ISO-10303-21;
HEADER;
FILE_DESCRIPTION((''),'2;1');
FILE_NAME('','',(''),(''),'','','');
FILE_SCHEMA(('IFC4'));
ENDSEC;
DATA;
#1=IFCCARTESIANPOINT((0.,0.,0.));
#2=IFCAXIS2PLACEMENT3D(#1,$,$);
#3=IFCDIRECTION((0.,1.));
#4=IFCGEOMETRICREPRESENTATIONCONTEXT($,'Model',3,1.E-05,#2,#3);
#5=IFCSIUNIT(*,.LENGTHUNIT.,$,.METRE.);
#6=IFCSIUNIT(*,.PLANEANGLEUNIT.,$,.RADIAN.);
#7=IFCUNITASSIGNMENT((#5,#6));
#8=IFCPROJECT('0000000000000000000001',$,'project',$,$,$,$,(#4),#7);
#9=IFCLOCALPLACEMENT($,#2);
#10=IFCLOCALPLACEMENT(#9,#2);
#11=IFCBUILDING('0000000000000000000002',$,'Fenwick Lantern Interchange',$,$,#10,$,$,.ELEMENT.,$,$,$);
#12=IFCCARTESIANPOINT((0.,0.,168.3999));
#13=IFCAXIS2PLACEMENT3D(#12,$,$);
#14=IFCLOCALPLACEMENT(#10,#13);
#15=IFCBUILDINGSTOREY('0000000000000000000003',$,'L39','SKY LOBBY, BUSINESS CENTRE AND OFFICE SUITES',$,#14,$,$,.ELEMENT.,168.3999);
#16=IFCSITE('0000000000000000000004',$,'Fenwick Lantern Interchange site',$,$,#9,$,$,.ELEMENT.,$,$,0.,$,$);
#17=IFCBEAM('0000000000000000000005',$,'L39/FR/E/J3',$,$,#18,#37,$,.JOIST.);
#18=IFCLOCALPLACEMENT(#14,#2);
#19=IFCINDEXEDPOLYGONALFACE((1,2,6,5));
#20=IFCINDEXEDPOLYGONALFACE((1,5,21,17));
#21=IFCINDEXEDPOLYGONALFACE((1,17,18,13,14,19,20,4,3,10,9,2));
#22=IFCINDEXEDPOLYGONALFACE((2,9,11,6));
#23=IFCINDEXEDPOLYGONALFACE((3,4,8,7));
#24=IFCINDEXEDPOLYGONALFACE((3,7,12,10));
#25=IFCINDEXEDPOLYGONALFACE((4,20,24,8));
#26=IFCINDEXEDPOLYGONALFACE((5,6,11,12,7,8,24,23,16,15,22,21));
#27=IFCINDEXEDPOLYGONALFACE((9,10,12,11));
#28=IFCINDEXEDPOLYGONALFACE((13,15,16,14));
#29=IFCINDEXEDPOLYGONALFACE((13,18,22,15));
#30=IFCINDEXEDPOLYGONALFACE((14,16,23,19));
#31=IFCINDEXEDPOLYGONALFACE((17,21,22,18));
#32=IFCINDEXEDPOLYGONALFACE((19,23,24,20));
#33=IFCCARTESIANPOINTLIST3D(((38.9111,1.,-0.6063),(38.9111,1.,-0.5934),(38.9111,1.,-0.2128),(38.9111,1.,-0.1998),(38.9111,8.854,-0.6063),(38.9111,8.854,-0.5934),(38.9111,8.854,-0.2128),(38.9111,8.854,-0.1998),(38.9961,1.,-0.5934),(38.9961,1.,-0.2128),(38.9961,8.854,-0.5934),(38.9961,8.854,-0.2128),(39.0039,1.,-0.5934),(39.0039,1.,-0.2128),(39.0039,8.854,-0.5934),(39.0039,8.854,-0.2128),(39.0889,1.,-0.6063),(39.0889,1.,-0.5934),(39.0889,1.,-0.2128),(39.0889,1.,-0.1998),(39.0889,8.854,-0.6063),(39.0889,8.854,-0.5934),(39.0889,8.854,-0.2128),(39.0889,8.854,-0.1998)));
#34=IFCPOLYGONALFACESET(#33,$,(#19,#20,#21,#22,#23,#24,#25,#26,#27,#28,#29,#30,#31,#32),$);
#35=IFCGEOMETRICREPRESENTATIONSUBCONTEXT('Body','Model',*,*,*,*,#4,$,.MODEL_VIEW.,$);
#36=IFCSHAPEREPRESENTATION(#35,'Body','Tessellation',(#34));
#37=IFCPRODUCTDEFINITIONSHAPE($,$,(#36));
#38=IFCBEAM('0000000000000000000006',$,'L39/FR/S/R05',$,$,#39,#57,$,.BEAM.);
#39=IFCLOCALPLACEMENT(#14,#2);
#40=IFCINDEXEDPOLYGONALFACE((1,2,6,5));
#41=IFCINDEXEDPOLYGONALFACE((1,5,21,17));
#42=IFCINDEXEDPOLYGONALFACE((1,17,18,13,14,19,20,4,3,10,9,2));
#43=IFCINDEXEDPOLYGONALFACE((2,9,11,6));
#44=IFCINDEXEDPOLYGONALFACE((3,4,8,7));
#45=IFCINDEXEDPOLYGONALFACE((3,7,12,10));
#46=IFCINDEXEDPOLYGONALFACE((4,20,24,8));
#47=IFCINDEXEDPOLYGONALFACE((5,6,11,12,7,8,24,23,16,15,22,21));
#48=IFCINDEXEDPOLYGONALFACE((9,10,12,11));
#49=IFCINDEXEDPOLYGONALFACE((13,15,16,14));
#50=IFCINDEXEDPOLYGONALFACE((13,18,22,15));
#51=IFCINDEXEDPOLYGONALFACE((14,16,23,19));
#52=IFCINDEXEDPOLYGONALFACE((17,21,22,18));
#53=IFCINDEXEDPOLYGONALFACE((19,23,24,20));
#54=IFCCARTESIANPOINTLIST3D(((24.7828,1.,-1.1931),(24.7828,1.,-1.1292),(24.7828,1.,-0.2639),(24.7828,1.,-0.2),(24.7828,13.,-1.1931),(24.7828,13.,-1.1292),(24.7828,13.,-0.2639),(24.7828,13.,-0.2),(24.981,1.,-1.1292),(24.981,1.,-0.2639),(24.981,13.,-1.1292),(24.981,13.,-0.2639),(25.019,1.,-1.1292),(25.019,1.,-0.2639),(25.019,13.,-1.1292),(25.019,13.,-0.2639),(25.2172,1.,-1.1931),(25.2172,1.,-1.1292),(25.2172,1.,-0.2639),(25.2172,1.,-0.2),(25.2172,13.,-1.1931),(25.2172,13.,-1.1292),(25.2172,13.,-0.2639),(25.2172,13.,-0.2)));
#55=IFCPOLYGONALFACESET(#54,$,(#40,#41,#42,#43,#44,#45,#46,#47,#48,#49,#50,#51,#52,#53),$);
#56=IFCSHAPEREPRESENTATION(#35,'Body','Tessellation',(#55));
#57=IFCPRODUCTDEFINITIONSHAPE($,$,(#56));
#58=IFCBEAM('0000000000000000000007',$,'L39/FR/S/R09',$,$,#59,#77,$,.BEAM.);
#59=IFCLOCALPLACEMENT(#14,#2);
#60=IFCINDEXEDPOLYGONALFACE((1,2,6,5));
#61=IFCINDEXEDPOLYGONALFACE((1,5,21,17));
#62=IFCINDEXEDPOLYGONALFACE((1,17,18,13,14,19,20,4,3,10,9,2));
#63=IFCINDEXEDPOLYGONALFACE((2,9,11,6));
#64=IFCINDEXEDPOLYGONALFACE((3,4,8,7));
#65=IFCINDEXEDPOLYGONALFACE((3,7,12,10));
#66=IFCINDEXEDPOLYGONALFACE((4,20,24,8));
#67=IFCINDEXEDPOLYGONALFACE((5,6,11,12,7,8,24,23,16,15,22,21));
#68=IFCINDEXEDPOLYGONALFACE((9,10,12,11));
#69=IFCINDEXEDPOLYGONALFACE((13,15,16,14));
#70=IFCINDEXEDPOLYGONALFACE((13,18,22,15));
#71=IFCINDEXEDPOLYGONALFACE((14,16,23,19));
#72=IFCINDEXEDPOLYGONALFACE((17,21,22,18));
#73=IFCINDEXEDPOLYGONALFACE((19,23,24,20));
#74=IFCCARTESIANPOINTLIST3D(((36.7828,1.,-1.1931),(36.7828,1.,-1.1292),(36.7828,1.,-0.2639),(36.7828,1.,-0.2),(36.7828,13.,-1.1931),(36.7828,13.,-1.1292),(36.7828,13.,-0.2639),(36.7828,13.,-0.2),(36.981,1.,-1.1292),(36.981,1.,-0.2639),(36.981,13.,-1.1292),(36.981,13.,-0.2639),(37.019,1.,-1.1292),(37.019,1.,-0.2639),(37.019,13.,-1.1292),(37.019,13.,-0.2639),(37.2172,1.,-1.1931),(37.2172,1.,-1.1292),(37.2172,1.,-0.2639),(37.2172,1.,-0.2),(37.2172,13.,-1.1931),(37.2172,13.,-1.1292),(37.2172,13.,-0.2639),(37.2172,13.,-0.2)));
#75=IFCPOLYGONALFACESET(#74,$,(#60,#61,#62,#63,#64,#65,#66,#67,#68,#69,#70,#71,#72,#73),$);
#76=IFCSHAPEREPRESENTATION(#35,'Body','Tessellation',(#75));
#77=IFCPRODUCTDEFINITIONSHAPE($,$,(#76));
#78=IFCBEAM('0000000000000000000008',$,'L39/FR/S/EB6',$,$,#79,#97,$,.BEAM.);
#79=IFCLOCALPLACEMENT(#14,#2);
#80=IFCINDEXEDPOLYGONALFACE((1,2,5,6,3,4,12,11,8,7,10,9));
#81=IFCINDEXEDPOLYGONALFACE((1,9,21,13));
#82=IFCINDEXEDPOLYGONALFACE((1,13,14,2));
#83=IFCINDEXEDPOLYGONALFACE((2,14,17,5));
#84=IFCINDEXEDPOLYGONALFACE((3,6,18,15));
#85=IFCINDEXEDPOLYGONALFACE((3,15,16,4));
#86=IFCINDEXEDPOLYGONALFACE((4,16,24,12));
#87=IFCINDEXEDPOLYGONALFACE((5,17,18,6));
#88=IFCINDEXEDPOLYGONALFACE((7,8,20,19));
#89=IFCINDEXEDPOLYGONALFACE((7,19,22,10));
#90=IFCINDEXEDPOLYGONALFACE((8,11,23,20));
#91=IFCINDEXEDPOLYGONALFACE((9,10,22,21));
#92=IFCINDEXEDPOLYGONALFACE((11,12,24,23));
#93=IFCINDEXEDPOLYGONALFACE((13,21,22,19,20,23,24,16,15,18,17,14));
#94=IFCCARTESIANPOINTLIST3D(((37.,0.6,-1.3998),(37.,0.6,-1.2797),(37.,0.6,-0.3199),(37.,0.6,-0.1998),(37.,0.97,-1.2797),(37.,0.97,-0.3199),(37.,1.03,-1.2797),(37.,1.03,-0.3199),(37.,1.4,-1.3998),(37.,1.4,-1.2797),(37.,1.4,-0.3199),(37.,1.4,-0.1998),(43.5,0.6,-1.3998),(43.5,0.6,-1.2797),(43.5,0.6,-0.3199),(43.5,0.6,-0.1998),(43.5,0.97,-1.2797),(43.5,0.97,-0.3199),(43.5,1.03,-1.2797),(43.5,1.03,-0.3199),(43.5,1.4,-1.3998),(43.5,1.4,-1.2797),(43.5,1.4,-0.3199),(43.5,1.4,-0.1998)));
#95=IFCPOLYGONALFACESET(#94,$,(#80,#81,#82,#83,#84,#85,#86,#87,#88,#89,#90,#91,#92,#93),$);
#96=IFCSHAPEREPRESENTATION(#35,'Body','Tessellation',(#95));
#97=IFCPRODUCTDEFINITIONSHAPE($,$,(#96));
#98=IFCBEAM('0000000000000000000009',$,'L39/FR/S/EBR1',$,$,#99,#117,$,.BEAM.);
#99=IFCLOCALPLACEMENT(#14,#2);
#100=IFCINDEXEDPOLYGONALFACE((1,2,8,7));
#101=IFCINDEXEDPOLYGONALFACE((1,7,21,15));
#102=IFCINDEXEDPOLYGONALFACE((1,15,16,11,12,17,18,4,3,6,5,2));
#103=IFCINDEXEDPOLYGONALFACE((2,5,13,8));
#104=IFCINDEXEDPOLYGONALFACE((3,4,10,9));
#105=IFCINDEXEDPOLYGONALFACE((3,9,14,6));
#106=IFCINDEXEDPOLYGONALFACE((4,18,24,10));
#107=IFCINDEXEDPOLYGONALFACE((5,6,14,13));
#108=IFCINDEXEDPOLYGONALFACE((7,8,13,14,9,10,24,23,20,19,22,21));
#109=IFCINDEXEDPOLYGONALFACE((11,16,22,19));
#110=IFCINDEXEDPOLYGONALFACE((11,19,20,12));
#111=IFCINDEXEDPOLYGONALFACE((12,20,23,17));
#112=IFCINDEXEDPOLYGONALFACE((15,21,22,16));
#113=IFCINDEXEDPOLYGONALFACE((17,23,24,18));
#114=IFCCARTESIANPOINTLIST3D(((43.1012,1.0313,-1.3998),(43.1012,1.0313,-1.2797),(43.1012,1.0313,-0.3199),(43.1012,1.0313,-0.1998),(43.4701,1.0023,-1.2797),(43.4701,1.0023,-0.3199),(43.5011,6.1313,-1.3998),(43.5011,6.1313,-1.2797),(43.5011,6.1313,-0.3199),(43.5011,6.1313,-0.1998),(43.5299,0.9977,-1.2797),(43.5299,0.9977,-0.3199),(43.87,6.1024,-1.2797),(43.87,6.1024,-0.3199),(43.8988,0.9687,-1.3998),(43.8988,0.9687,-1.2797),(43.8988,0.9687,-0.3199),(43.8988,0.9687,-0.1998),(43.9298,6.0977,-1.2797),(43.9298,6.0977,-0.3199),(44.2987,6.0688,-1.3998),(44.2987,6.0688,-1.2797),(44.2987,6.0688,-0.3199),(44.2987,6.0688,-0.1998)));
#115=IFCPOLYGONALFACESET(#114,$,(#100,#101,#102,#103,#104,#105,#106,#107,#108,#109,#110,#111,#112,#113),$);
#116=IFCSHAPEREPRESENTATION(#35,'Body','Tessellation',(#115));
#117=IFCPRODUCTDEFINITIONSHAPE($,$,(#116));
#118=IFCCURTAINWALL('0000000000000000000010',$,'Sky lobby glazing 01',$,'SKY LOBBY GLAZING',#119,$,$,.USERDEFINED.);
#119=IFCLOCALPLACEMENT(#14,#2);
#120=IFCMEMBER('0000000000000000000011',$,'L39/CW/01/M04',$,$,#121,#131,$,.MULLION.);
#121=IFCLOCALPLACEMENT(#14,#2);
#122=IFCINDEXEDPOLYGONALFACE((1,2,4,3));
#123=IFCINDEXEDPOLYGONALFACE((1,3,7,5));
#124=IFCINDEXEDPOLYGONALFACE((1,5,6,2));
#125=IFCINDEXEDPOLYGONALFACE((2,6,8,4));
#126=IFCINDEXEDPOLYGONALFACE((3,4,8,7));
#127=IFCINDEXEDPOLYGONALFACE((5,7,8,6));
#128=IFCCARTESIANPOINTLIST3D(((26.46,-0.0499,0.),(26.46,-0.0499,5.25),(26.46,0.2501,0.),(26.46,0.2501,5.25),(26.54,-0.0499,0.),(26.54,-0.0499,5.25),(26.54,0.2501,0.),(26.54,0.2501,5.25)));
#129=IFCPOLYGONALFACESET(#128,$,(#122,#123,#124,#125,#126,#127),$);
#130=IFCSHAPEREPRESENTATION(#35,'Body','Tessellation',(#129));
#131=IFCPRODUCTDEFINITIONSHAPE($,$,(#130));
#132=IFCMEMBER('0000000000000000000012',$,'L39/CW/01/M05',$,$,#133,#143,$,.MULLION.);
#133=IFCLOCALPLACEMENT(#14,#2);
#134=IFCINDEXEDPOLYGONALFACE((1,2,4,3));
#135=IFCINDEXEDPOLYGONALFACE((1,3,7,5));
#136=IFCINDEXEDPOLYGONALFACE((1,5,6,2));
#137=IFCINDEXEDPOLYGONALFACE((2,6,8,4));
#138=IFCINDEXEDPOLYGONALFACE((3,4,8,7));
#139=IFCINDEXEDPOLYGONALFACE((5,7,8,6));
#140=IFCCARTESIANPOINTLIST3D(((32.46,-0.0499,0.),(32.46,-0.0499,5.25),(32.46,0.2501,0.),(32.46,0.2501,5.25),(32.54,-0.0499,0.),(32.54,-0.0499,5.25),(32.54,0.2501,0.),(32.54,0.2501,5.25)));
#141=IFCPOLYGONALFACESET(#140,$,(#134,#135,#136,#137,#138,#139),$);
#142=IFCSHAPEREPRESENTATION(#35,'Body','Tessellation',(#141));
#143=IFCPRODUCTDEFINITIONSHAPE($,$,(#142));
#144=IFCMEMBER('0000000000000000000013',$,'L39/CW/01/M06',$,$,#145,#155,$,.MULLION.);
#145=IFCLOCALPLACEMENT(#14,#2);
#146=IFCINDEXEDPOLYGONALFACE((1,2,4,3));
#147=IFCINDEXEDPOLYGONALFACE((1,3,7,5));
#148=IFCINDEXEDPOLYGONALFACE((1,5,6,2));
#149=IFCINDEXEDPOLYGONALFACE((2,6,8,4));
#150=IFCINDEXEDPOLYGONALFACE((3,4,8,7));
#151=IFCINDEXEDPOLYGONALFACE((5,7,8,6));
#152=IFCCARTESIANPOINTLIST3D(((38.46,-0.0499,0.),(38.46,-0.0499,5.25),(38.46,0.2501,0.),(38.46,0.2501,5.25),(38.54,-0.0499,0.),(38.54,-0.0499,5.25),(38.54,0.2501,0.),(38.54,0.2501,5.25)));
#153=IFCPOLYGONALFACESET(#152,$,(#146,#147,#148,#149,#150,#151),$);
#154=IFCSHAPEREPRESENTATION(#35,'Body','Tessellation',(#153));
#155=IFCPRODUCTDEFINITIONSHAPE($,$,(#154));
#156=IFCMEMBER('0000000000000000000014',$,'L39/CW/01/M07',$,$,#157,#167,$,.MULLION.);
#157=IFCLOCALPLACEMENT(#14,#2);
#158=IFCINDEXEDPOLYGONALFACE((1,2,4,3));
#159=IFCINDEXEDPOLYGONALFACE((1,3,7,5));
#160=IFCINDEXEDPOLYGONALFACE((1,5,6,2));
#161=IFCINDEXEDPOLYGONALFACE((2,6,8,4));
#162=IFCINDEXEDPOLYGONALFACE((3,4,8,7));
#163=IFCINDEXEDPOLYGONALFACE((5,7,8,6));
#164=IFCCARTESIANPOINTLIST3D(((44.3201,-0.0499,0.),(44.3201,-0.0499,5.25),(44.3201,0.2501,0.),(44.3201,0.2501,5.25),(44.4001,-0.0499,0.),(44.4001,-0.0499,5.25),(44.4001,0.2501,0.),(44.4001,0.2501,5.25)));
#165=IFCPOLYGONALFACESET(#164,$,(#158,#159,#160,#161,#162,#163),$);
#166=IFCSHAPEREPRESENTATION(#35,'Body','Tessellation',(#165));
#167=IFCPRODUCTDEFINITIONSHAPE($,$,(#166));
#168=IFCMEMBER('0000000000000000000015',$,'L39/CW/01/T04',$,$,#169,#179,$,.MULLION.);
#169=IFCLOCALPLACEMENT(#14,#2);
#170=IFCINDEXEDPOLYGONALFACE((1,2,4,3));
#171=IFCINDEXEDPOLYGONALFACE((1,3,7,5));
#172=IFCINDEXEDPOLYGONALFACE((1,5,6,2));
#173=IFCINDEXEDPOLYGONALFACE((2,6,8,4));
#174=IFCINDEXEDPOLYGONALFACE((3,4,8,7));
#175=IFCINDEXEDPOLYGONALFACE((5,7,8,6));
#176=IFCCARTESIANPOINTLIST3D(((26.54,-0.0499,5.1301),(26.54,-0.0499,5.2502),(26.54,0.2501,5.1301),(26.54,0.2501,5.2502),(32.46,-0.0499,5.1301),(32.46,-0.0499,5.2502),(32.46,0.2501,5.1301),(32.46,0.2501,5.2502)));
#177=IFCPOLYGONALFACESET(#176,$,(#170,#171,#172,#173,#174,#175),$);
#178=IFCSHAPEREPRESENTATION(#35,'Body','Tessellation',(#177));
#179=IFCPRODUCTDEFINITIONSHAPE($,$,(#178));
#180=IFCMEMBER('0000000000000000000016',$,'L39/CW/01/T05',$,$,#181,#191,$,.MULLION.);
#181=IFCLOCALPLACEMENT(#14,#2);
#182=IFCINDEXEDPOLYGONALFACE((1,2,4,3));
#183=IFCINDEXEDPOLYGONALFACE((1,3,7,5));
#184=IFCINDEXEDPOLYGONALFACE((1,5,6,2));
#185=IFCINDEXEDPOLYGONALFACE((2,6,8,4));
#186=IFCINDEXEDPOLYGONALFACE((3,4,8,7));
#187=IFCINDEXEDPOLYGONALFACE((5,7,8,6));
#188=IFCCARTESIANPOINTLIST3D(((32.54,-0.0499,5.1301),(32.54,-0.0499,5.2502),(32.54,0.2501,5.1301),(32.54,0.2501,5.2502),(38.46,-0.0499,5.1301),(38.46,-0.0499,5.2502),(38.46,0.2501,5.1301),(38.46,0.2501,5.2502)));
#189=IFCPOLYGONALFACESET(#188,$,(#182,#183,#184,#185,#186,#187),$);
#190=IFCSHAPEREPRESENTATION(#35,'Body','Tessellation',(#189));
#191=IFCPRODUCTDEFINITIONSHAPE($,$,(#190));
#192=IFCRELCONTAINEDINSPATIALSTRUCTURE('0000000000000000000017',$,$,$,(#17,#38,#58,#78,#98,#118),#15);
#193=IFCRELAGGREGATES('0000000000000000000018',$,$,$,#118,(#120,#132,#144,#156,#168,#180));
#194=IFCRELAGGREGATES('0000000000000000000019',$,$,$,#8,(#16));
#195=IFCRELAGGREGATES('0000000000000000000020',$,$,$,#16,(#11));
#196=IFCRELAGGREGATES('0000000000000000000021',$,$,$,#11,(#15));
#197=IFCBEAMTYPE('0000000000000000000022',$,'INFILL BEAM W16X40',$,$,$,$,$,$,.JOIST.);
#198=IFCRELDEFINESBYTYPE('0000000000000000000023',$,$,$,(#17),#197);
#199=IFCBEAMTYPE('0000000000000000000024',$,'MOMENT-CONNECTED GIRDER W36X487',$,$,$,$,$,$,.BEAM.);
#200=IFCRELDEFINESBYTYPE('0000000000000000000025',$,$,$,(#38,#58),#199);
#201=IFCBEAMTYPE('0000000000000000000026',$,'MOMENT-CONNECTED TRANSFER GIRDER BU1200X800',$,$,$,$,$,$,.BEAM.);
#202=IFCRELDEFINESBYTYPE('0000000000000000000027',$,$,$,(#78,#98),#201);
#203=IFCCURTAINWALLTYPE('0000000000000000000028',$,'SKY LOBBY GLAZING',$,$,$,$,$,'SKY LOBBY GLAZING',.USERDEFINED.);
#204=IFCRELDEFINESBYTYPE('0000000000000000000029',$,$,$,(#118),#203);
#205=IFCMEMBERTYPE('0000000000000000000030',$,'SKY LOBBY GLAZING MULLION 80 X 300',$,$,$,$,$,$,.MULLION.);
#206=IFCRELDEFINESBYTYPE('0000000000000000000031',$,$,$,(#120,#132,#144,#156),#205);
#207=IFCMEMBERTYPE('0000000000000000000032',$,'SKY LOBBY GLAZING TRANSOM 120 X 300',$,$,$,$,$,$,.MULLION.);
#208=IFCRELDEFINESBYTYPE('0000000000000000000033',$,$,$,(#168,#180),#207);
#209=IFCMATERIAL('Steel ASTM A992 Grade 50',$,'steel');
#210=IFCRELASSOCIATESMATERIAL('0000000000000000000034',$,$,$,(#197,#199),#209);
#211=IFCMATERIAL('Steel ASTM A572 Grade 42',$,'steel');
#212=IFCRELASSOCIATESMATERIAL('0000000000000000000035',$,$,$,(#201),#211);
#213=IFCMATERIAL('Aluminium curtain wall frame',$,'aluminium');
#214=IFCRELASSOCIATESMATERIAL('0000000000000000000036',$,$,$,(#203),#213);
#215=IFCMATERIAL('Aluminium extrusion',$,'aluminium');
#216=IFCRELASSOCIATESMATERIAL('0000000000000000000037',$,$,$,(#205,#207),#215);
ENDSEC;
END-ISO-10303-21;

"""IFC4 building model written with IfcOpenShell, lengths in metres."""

from ifc_helpers import new_model, si_unit, direction, frame, origin, origin_2d, place, context, subcontext, project, spatial, rectangle, i_section, extrude, material, material_profile, profile_set, type_object, element, aggregate, save


model = new_model("IFC4")

# Units and contexts
model_context = context("Model", 3, precision=1e-05, world=origin(), true_north=direction((0.0, 1.0)))
body_context = subcontext(model_context, "Body", "Model", "MODEL_VIEW")
ifc_project = project(units=[si_unit("LENGTHUNIT", "METRE"), si_unit("PLANEANGLEUNIT", "RADIAN")], contexts=[model_context])

# Site, building, storey
site_placement = place(None, origin())
site = spatial("IfcSite", under=ifc_project, at=site_placement, Name="Fenwick Lantern Interchange site", CompositionType="ELEMENT", RefElevation=0.0)
building_placement = place(site_placement, origin())
building = spatial("IfcBuilding", under=site, at=building_placement, Name="Fenwick Lantern Interchange", CompositionType="ELEMENT")
storey_placement = place(building_placement, frame((0.0, 0.0, 168.3999)))
storey = spatial("IfcBuildingStorey", under=building, at=storey_placement, Name="L39", Description="SKY LOBBY, BUSINESS CENTRE AND OFFICE SUITES", CompositionType="ELEMENT", Elevation=168.3999)

# Shared definitions
ifc_material_1 = material(Name="Steel ASTM A992 Grade 50", Category="steel")

# Beams
ifc_material_profile_1 = material_profile(ifc_material_1, i_section(OverallWidth=0.1777, OverallDepth=0.4065, WebThickness=0.0078, FlangeThickness=0.0129, at=origin_2d()), Name="W16X40")
ifc_profile_set_1 = profile_set([ifc_material_profile_1], Name="Steel ASTM A992 Grade 50")
beam_type_1 = type_object("IfcBeamType", Name="INFILL BEAM W16X40", PredefinedType="JOIST", material=ifc_profile_set_1)
beam_1_placement = place(storey_placement, frame((39.0, 1.0, -0.4031), z_axis=(0.0, 1.0, 0.0), x_axis=(-1.0, 0.0, 0.0)))
element("IfcBeam", 1, at=beam_1_placement, inside=storey, type_object=beam_type_1, Name="L39/FR/E/J3", PredefinedType="JOIST", context=body_context, shape_type="SweptSolid", body=[
    extrude(i_section(OverallWidth=0.1777, OverallDepth=0.4065, WebThickness=0.0078, FlangeThickness=0.0129, at=origin_2d()), origin(), (0.0, 0.0, 1.0), 7.854),
])
ifc_material_profile_2 = material_profile(ifc_material_1, i_section(OverallWidth=0.4343, OverallDepth=0.9932, WebThickness=0.0381, FlangeThickness=0.064, at=origin_2d()), Name="W36X487")
ifc_profile_set_2 = profile_set([ifc_material_profile_2], Name="Steel ASTM A992 Grade 50")
beam_type_2 = type_object("IfcBeamType", Name="MOMENT-CONNECTED GIRDER W36X487", PredefinedType="BEAM", material=ifc_profile_set_2)
for number, where, z_axis, x_axis, name in (
    (2, (25.0, 1.0, -0.6965), (0.0, 1.0, 0.0), (-1.0, 0.0, 0.0), "L39/FR/S/R05"),
    (3, (37.0, 1.0, -0.6965), (0.0, 1.0, 0.0), (-1.0, 0.0, 0.0), "L39/FR/S/R09"),
):
    element("IfcBeam", number, at=place(storey_placement, frame(where, z_axis=z_axis, x_axis=x_axis)), inside=storey, type_object=beam_type_2, Name=name, PredefinedType="BEAM", context=body_context, shape_type="SweptSolid", body=[
        extrude(i_section(OverallWidth=0.4343, OverallDepth=0.9932, WebThickness=0.0381, FlangeThickness=0.064, at=origin_2d()), origin(), (0.0, 0.0, 1.0), 12.0),
    ])
ifc_material_2 = material(Name="Steel ASTM A572 Grade 42", Category="steel")
ifc_material_profile_3 = material_profile(ifc_material_2, i_section(OverallWidth=0.8, OverallDepth=1.2, WebThickness=0.0601, FlangeThickness=0.1201, at=origin_2d()), Name="BU1200X800")
ifc_profile_set_3 = profile_set([ifc_material_profile_3], Name="Steel ASTM A572 Grade 42")
beam_type_3 = type_object("IfcBeamType", Name="MOMENT-CONNECTED TRANSFER GIRDER BU1200X800", PredefinedType="BEAM", material=ifc_profile_set_3)
beam_2_placement = place(storey_placement, frame((37.0, 1.0, -0.7998), z_axis=(1.0, 0.0, 0.0), x_axis=(0.0, 1.0, 0.0)))
element("IfcBeam", 4, at=beam_2_placement, inside=storey, type_object=beam_type_3, Name="L39/FR/S/EB6", PredefinedType="BEAM", context=body_context, shape_type="SweptSolid", body=[
    extrude(i_section(OverallWidth=0.8, OverallDepth=1.2, WebThickness=0.0601, FlangeThickness=0.1201, at=origin_2d()), origin(), (0.0, 0.0, 1.0), 6.5),
])
beam_3_placement = place(storey_placement, frame((43.5, 1.0, -0.7998), z_axis=(0.078171, 0.99694, 0.0), x_axis=(-0.99694, 0.078171, 0.0)))
element("IfcBeam", 5, at=beam_3_placement, inside=storey, type_object=beam_type_3, Name="L39/FR/S/EBR1", PredefinedType="BEAM", context=body_context, shape_type="SweptSolid", body=[
    extrude(i_section(OverallWidth=0.8, OverallDepth=1.2, WebThickness=0.0601, FlangeThickness=0.1201, at=origin_2d()), origin(), (0.0, 0.0, 1.0), 5.1157),
])

# Curtain wall, members
ifc_material_3 = material(Name="Aluminium curtain wall frame", Category="aluminium")
curtain_wall_type = type_object("IfcCurtainWallType", Name="SKY LOBBY GLAZING", ElementType="SKY LOBBY GLAZING", PredefinedType="USERDEFINED", material=ifc_material_3)
curtain_wall_placement = place(storey_placement, origin())
curtain_wall = element("IfcCurtainWall", 6, at=curtain_wall_placement, inside=storey, type_object=curtain_wall_type, Name="Sky lobby glazing 01", ObjectType="SKY LOBBY GLAZING", PredefinedType="USERDEFINED")
ifc_material_4 = material(Name="Aluminium extrusion", Category="aluminium")
ifc_material_profile_4 = material_profile(ifc_material_4, rectangle(XDim=0.3, YDim=0.0801, at=origin_2d()), Name="SKY LOBBY GLAZING MULLION 80 X 300")
ifc_profile_set_4 = profile_set([ifc_material_profile_4], Name="Aluminium extrusion")
member_type_1 = type_object("IfcMemberType", Name="SKY LOBBY GLAZING MULLION 80 X 300", PredefinedType="MULLION", material=ifc_profile_set_4)
member_1_placement = place(storey_placement, frame((26.5, 0.1001, 0.0), z_axis=(0.0, 0.0, 1.0), x_axis=(0.0, 1.0, 0.0)))
member_1 = element("IfcMember", 7, at=member_1_placement, type_object=member_type_1, Name="L39/CW/01/M04", PredefinedType="MULLION", context=body_context, shape_type="SweptSolid", body=[
    extrude(rectangle(XDim=0.3, YDim=0.0801, at=origin_2d()), origin(), (0.0, 0.0, 1.0), 5.25),
])
member_2_placement = place(storey_placement, frame((32.5, 0.1001, 0.0), z_axis=(0.0, 0.0, 1.0), x_axis=(0.0, 1.0, 0.0)))
member_2 = element("IfcMember", 8, at=member_2_placement, type_object=member_type_1, Name="L39/CW/01/M05", PredefinedType="MULLION", context=body_context, shape_type="SweptSolid", body=[
    extrude(rectangle(XDim=0.3, YDim=0.0801, at=origin_2d()), origin(), (0.0, 0.0, 1.0), 5.25),
])
member_3_placement = place(storey_placement, frame((38.5, 0.1001, 0.0), z_axis=(0.0, 0.0, 1.0), x_axis=(0.0, 1.0, 0.0)))
member_3 = element("IfcMember", 9, at=member_3_placement, type_object=member_type_1, Name="L39/CW/01/M06", PredefinedType="MULLION", context=body_context, shape_type="SweptSolid", body=[
    extrude(rectangle(XDim=0.3, YDim=0.0801, at=origin_2d()), origin(), (0.0, 0.0, 1.0), 5.25),
])
member_4_placement = place(storey_placement, frame((44.3601, 0.1001, 0.0), z_axis=(0.0, 0.0, 1.0), x_axis=(0.0, 1.0, 0.0)))
member_4 = element("IfcMember", 10, at=member_4_placement, type_object=member_type_1, Name="L39/CW/01/M07", PredefinedType="MULLION", context=body_context, shape_type="SweptSolid", body=[
    extrude(rectangle(XDim=0.3, YDim=0.0801, at=origin_2d()), origin(), (0.0, 0.0, 1.0), 5.25),
])
ifc_material_profile_5 = material_profile(ifc_material_4, rectangle(XDim=0.3, YDim=0.1201, at=origin_2d()), Name="SKY LOBBY GLAZING TRANSOM 120 X 300")
ifc_profile_set_5 = profile_set([ifc_material_profile_5], Name="Aluminium extrusion")
member_type_2 = type_object("IfcMemberType", Name="SKY LOBBY GLAZING TRANSOM 120 X 300", PredefinedType="MULLION", material=ifc_profile_set_5)
member_5_placement = place(storey_placement, frame((26.54, 0.1001, 5.1902), z_axis=(1.0, 0.0, 0.0), x_axis=(0.0, 1.0, 0.0)))
member_5 = element("IfcMember", 11, at=member_5_placement, type_object=member_type_2, Name="L39/CW/01/T04", PredefinedType="MULLION", context=body_context, shape_type="SweptSolid", body=[
    extrude(rectangle(XDim=0.3, YDim=0.1201, at=origin_2d()), origin(), (0.0, 0.0, 1.0), 5.9199),
])
member_6_placement = place(storey_placement, frame((32.54, 0.1001, 5.1902), z_axis=(1.0, 0.0, 0.0), x_axis=(0.0, 1.0, 0.0)))
member_6 = element("IfcMember", 12, at=member_6_placement, type_object=member_type_2, Name="L39/CW/01/T05", PredefinedType="MULLION", context=body_context, shape_type="SweptSolid", body=[
    extrude(rectangle(XDim=0.3, YDim=0.1201, at=origin_2d()), origin(), (0.0, 0.0, 1.0), 5.9199),
])
aggregate(curtain_wall, [member_1, member_2, member_3, member_4, member_5, member_6])

save(model, "model.ifc")
